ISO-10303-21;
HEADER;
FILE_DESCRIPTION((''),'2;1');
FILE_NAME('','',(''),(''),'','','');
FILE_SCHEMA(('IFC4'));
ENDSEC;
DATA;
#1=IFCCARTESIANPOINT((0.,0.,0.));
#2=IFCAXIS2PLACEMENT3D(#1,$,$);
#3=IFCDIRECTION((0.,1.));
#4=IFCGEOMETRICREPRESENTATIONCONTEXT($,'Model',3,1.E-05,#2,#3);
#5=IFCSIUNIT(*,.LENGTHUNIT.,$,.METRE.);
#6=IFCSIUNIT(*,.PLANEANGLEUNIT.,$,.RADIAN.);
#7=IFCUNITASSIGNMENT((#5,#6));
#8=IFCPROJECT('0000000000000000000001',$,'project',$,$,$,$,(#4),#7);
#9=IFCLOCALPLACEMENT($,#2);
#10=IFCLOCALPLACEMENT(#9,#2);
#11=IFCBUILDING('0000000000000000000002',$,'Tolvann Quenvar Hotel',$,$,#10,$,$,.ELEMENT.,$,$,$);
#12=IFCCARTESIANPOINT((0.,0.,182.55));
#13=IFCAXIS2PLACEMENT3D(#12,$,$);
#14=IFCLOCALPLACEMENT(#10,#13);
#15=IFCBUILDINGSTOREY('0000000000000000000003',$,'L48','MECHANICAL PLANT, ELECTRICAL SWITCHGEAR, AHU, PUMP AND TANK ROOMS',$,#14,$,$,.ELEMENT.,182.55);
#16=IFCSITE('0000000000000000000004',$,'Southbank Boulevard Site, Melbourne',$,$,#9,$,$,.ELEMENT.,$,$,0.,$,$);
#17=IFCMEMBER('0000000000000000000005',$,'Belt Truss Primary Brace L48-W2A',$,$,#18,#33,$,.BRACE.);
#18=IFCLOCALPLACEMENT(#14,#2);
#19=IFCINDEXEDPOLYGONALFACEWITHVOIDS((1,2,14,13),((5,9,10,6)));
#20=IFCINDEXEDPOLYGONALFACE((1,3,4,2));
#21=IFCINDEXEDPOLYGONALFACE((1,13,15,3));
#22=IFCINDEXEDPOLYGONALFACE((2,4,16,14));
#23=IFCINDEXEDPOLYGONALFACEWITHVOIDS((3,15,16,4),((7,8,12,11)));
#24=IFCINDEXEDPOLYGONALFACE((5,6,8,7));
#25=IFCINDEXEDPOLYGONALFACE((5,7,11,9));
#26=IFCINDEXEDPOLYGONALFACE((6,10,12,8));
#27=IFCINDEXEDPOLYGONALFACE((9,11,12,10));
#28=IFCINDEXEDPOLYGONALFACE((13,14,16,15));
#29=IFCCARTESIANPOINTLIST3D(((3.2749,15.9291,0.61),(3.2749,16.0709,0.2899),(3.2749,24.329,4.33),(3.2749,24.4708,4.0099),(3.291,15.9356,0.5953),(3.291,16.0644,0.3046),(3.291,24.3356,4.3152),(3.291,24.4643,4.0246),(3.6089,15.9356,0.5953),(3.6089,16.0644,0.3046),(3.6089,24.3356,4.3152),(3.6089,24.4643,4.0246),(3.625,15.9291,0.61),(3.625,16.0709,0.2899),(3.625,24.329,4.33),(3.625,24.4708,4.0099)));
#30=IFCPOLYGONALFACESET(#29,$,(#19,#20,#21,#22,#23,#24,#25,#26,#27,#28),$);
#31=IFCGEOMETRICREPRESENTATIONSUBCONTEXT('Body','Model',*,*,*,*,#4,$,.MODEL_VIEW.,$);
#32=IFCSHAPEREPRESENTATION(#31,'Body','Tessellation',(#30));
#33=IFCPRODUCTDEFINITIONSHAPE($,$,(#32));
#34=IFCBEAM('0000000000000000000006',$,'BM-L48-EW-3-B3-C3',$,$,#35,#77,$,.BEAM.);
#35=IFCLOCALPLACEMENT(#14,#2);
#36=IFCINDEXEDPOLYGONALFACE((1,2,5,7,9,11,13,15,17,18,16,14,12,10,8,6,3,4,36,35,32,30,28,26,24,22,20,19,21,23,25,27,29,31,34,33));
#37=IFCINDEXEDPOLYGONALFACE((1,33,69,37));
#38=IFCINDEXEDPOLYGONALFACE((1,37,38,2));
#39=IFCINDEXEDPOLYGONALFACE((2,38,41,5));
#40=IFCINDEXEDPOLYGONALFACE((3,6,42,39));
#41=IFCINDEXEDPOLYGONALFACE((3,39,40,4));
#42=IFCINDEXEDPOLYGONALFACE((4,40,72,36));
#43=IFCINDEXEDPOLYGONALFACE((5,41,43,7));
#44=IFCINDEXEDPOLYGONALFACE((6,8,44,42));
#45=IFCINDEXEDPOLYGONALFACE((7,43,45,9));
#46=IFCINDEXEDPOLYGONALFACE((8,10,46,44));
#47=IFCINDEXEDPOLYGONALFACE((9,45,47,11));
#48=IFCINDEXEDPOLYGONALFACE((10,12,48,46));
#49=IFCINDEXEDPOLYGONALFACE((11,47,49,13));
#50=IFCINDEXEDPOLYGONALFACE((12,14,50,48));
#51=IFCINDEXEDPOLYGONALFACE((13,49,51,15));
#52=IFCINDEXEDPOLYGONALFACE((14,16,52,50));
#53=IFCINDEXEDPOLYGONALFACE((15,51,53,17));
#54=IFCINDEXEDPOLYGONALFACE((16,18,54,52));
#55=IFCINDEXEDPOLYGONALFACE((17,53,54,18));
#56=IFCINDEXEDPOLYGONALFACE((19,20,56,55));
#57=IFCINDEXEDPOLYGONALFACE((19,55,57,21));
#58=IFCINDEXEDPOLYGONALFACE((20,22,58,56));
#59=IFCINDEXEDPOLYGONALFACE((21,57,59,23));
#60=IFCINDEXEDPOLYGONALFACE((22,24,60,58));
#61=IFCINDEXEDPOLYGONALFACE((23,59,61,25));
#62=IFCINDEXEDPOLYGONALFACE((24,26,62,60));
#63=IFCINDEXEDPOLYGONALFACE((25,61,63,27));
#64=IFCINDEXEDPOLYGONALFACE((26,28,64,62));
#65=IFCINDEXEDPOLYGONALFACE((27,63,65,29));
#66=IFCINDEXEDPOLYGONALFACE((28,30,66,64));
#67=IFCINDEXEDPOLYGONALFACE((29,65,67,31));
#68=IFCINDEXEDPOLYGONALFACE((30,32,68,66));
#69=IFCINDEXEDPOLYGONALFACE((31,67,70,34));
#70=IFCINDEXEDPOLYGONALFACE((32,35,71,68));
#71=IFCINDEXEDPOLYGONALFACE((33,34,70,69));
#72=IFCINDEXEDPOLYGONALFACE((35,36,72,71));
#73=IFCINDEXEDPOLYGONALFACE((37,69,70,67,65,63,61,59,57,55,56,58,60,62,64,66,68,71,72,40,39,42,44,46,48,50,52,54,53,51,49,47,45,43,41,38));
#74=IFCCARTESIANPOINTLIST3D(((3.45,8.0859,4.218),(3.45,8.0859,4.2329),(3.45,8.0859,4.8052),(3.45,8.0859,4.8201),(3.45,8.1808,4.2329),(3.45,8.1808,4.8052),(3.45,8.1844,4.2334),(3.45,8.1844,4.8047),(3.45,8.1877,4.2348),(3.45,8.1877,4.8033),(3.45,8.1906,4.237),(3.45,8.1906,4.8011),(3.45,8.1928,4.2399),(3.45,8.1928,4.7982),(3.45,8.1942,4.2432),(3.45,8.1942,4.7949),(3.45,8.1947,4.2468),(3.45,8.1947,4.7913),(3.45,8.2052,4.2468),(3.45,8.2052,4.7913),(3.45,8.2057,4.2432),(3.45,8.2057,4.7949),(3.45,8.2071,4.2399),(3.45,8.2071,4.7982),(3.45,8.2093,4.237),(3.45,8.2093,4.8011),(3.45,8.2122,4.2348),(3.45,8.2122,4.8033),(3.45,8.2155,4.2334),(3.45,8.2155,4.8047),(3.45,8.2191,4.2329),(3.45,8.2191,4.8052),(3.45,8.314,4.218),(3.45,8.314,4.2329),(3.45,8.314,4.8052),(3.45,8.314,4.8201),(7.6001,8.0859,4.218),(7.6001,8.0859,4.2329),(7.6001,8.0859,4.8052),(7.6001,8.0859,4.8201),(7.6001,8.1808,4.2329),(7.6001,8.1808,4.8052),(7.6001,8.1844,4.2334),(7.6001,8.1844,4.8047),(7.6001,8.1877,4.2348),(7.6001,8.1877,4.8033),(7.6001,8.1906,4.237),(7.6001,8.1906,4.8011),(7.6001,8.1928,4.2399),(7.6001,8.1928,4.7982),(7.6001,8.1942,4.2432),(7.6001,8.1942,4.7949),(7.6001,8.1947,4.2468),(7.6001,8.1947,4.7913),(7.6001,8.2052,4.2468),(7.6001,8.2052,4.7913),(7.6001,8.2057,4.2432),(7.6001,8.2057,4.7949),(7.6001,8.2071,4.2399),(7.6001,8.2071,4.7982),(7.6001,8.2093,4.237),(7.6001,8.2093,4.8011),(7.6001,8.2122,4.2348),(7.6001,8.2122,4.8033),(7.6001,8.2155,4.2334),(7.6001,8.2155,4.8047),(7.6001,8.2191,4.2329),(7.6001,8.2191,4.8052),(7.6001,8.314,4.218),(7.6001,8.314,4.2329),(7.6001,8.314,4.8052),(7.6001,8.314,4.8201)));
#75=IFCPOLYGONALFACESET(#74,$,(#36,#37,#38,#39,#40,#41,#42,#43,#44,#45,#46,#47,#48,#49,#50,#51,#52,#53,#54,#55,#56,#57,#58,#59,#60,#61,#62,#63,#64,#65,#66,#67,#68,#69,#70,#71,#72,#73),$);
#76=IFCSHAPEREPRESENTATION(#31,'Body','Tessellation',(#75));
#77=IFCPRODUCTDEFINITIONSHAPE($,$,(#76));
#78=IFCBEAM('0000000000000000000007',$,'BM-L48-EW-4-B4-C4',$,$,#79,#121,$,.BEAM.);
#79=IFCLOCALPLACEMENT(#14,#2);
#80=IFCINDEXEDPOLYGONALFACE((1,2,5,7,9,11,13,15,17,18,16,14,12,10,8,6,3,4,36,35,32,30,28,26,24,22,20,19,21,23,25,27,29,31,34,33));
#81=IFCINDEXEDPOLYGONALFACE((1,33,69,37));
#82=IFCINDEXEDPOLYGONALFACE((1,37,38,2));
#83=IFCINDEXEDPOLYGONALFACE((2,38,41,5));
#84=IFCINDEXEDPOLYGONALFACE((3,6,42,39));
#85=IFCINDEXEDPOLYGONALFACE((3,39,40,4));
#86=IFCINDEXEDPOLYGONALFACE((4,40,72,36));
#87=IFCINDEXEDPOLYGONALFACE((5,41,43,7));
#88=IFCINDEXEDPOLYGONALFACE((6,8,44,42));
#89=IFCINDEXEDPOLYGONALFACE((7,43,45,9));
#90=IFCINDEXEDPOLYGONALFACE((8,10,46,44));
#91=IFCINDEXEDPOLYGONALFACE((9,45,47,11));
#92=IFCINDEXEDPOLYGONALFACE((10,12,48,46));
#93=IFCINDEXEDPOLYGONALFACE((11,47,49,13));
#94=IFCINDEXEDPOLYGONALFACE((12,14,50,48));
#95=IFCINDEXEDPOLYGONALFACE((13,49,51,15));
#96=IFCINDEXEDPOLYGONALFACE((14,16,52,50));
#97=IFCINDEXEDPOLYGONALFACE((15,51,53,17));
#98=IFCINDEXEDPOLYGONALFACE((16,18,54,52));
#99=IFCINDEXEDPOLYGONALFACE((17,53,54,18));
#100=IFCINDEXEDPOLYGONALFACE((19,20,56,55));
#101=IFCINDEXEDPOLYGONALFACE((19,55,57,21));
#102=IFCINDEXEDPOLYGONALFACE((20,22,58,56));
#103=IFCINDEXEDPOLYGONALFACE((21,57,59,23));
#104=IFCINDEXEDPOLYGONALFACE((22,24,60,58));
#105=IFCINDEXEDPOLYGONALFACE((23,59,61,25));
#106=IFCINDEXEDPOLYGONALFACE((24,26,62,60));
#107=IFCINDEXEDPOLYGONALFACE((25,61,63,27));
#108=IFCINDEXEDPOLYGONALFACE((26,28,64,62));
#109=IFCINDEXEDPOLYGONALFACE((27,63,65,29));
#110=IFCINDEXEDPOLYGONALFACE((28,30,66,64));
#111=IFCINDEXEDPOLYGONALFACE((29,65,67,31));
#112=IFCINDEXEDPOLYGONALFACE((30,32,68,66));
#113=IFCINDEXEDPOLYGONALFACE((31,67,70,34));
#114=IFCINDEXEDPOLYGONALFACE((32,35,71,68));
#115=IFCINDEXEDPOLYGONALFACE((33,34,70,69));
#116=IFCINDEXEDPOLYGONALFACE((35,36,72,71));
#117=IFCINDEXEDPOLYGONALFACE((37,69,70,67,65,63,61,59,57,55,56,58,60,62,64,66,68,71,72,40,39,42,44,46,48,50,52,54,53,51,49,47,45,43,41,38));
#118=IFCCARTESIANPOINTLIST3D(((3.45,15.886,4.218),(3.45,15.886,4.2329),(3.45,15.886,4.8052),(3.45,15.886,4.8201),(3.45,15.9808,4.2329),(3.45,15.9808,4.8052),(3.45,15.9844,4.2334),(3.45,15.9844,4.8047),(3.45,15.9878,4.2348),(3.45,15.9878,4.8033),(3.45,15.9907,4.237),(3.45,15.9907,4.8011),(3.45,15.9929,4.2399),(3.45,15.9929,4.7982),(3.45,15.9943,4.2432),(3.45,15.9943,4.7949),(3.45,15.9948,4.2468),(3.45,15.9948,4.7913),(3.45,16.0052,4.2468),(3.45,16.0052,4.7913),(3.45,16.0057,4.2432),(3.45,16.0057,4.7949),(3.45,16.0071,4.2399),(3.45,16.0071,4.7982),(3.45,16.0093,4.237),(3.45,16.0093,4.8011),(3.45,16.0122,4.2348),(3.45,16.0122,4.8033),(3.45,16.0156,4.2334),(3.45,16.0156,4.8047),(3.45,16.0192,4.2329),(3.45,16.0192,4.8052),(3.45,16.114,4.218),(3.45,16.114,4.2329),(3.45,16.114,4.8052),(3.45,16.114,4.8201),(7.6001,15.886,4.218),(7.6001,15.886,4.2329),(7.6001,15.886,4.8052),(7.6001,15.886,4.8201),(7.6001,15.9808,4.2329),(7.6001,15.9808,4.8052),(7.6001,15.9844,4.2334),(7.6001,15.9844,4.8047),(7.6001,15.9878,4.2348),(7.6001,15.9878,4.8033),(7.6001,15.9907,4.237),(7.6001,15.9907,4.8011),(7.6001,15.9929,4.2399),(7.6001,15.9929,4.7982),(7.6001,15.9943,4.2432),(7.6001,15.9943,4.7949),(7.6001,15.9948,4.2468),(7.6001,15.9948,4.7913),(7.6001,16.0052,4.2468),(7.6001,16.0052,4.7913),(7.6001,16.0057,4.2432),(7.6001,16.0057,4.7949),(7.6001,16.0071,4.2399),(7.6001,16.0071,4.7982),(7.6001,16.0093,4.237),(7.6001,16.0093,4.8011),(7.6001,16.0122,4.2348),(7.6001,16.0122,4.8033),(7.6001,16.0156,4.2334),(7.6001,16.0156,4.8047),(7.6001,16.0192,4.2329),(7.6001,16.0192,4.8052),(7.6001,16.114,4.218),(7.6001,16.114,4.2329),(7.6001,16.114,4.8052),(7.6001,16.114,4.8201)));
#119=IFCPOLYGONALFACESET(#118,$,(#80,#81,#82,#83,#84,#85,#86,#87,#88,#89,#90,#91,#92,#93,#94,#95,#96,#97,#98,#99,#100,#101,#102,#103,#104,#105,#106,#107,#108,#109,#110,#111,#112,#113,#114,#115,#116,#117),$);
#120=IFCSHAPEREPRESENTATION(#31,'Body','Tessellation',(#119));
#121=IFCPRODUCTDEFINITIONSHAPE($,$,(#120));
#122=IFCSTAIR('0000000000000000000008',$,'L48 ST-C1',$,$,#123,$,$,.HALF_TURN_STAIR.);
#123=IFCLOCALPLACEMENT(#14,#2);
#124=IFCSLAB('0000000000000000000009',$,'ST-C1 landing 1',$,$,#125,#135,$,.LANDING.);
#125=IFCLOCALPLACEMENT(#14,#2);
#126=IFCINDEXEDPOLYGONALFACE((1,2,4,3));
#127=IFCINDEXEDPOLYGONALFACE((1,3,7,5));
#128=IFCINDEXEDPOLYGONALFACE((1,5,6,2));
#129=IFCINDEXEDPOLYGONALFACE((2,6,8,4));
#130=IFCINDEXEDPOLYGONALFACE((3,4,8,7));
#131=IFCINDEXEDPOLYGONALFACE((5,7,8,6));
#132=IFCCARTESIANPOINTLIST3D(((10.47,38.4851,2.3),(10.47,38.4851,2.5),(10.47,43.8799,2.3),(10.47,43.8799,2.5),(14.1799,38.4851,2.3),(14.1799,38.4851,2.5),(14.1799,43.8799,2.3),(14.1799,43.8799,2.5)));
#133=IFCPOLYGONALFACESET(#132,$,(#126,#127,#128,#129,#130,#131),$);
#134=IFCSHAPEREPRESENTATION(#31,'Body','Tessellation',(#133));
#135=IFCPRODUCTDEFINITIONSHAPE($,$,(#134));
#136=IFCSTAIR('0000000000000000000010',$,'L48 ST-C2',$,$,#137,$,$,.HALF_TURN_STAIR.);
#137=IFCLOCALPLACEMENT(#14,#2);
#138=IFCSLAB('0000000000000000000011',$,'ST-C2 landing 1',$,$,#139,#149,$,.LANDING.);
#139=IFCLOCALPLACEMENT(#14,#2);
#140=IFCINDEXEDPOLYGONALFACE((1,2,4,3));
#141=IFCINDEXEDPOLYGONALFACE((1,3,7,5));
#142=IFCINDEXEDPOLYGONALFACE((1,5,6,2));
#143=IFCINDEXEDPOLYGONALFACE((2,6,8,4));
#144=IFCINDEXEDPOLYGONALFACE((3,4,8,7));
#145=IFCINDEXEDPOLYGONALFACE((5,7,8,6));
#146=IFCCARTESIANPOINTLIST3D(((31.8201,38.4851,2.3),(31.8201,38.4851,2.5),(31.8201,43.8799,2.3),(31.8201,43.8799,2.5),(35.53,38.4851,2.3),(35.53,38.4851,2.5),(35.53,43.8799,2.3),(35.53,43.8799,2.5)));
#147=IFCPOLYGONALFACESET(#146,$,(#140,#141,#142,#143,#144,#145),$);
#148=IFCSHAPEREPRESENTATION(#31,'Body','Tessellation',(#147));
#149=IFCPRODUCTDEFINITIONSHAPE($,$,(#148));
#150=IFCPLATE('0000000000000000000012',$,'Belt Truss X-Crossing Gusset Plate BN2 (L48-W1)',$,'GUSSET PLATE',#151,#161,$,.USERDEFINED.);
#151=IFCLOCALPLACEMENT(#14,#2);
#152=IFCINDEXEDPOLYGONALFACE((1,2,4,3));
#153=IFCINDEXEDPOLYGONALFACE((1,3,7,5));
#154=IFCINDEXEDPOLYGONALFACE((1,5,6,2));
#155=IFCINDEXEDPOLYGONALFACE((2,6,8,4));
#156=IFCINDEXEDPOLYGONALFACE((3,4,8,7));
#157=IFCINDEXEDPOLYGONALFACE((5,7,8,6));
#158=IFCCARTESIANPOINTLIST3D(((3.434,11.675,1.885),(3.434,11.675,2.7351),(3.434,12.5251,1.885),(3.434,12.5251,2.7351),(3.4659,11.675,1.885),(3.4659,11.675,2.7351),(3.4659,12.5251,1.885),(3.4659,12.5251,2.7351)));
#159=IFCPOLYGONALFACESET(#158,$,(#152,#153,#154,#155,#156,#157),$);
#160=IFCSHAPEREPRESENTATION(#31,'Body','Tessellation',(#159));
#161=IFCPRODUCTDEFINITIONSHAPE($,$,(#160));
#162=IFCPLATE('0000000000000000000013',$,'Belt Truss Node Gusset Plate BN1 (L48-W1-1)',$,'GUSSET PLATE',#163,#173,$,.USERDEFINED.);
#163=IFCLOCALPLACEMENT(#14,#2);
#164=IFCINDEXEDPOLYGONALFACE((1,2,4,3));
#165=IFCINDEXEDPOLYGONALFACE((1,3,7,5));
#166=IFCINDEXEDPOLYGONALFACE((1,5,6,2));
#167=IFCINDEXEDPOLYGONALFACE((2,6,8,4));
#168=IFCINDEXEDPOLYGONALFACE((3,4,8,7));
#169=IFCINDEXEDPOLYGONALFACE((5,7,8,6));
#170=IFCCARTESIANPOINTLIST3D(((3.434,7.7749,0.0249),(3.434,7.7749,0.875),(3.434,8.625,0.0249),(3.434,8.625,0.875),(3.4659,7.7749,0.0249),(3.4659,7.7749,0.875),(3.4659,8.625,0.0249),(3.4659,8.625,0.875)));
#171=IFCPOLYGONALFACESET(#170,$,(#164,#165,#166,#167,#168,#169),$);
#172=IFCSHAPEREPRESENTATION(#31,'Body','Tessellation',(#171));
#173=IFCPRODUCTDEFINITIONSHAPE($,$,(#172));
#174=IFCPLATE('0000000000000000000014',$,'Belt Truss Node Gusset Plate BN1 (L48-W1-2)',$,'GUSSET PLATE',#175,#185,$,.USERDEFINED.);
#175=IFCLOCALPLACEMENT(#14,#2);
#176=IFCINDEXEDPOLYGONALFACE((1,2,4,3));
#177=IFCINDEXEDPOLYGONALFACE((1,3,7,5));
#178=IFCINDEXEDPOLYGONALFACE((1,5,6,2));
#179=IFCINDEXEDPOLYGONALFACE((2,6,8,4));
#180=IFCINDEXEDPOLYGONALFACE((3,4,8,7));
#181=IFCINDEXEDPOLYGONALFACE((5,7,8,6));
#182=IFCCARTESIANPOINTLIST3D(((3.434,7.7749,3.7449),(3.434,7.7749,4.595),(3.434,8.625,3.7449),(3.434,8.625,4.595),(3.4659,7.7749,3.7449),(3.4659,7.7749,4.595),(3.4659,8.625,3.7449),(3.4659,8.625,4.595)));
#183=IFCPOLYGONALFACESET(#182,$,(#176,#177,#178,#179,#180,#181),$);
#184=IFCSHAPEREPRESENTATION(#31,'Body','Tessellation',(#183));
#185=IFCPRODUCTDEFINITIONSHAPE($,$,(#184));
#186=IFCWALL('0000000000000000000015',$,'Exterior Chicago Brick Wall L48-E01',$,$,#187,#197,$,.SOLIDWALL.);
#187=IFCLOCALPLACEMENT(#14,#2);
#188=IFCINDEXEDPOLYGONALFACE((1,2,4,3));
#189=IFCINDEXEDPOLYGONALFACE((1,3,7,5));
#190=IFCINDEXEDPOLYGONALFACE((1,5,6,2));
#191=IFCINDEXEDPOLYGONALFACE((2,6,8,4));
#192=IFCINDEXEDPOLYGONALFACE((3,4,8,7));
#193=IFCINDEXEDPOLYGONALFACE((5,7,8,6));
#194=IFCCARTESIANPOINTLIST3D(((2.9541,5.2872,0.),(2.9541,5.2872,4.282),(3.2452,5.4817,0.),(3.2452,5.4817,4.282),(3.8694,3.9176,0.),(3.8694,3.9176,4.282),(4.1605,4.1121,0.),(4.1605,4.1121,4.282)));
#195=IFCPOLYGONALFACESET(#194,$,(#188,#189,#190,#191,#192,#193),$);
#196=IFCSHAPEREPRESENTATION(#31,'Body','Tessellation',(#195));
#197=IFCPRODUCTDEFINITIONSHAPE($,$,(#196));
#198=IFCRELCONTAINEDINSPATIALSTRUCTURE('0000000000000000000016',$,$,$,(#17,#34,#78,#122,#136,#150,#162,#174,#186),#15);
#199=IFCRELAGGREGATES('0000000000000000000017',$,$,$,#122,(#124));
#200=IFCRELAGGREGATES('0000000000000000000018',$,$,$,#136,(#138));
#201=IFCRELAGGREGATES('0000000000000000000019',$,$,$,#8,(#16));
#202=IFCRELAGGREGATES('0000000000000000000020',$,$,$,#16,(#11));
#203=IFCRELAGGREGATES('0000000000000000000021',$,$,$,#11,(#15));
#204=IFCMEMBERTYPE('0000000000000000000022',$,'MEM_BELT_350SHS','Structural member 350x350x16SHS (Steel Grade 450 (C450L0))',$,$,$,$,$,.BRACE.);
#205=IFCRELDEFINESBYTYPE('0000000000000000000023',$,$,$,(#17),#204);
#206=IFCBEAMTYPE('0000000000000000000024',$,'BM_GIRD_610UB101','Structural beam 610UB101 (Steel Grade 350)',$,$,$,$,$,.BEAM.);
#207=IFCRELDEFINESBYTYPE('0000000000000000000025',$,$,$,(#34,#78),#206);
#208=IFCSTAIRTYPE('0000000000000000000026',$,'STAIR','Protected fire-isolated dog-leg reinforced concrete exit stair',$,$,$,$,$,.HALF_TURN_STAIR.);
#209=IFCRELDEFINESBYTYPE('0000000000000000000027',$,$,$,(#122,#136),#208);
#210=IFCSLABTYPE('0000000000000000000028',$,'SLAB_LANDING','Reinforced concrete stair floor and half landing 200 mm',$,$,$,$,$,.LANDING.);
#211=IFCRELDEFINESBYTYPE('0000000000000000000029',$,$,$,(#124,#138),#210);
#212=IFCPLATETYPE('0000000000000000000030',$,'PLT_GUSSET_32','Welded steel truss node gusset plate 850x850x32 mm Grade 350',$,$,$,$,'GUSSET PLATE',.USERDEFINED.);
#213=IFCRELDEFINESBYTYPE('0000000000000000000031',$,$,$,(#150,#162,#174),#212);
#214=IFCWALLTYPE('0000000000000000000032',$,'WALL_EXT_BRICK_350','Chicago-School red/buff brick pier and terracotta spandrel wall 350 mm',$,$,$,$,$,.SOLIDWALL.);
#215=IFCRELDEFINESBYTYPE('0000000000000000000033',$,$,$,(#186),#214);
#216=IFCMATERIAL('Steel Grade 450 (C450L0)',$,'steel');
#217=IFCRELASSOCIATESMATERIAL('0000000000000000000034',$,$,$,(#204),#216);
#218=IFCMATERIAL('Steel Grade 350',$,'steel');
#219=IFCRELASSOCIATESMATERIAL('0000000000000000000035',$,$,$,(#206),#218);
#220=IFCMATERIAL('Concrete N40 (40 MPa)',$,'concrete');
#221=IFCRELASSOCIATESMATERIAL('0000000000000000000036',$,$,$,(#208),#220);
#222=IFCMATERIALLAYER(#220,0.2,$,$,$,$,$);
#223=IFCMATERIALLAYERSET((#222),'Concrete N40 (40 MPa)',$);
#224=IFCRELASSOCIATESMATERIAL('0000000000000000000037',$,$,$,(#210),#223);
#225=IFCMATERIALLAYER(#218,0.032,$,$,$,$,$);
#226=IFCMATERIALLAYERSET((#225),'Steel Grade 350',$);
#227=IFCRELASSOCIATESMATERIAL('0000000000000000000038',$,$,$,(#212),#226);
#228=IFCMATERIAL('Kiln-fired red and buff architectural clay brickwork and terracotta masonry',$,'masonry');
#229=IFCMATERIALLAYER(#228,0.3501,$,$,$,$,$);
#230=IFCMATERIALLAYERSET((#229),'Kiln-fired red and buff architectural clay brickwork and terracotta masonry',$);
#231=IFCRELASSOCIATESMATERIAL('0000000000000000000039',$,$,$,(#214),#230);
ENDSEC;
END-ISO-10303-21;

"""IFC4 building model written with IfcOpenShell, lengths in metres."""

from ifc_helpers import new_model, si_unit, direction, frame, frame_2d, origin, origin_2d, place, context, subcontext, project, spatial, polyline, rectangle, hollow_rectangle, i_section, outline, extrude, source, transform, mapped, material, layer, layer_set, material_profile, profile_set, type_object, type_shapes, element, aggregate, save


model = new_model("IFC4")

# Units and contexts
model_context = context("Model", 3, precision=1e-05, world=origin(), true_north=direction((0.0, 1.0)))
body_context = subcontext(model_context, "Body", "Model", "MODEL_VIEW")
ifc_project = project(units=[si_unit("LENGTHUNIT", "METRE"), si_unit("PLANEANGLEUNIT", "RADIAN")], contexts=[model_context])

# Site, building, storey
site_placement = place(None, origin())
site = spatial("IfcSite", under=ifc_project, at=site_placement, Name="Southbank Boulevard Site, Melbourne", CompositionType="ELEMENT", RefElevation=0.0)
building_placement = place(site_placement, origin())
building = spatial("IfcBuilding", under=site, at=building_placement, Name="Tolvann Quenvar Hotel", CompositionType="ELEMENT")
storey_placement = place(building_placement, frame((0.0, 0.0, 182.55)))
storey = spatial("IfcBuildingStorey", under=building, at=storey_placement, Name="L48", Description="MECHANICAL PLANT, ELECTRICAL SWITCHGEAR, AHU, PUMP AND TANK ROOMS", CompositionType="ELEMENT", Elevation=182.55)

# Shared definitions
ifc_material_1 = material(Name="Steel Grade 350", Category="steel")

# Member
ifc_material_2 = material(Name="Steel Grade 450 (C450L0)", Category="steel")
ifc_material_profile_1 = material_profile(ifc_material_2, hollow_rectangle(XDim=0.3501, YDim=0.3501, WallThickness=0.0161, at=origin_2d()), Name="350x350x16SHS")
ifc_profile_set_1 = profile_set([ifc_material_profile_1], Name="Steel Grade 450 (C450L0)")
member_type = type_object("IfcMemberType", Name="MEM_BELT_350SHS", Description="Structural member 350x350x16SHS (Steel Grade 450 (C450L0))", PredefinedType="BRACE", material=ifc_profile_set_1)
shared_shape_1 = source(origin(), body_context, "Body", "SweptSolid", [
    extrude(hollow_rectangle(XDim=0.3501, YDim=0.3501, WallThickness=0.0161, at=origin_2d()), origin(), (0.0, 0.0, 1.0), 9.1868),
])
member_1_placement = place(storey_placement, frame((3.45, 16.0, 0.45), z_axis=(0.0, 0.914349, 0.404927), x_axis=(-1.0, 0.0, 0.0)))
element("IfcMember", 1, at=member_1_placement, inside=storey, type_object=member_type, Name="Belt Truss Primary Brace L48-W2A", PredefinedType="BRACE", context=body_context, shape_type="MappedRepresentation", body=[
    mapped(shared_shape_1, transform((0.0, 0.0, 0.0), x_axis=(1.0, 0.0, 0.0), y_axis=(0.0, 1.0, 0.0), z_axis=(0.0, 0.0, 1.0), scale=1.0)),
])

# Beams
ifc_material_profile_2 = material_profile(ifc_material_1, i_section(OverallWidth=0.228, OverallDepth=0.6021, WebThickness=0.0105, FlangeThickness=0.0149, FilletRadius=0.0139, at=origin_2d()), Name="610UB101")
ifc_profile_set_2 = profile_set([ifc_material_profile_2], Name="Steel Grade 350")
beam_type_1 = type_object("IfcBeamType", Name="BM_GIRD_610UB101", Description="Structural beam 610UB101 (Steel Grade 350)", PredefinedType="BEAM", material=ifc_profile_set_2)
shared_shape_2 = source(origin(), body_context, "Body", "SweptSolid", [
    extrude(i_section(OverallWidth=0.228, OverallDepth=0.6021, WebThickness=0.0105, FlangeThickness=0.0149, FilletRadius=0.0139, at=origin_2d()), origin(), (0.0, 0.0, 1.0), 4.1501),
])
type_shapes(beam_type_1, [shared_shape_2])
for number, where, z_axis, x_axis, name in (
    (2, (3.45, 8.2, 4.519), (1.0, 0.0, 0.0), (0.0, 1.0, 0.0), "BM-L48-EW-3-B3-C3"),
    (3, (3.45, 16.0, 4.519), (1.0, 0.0, 0.0), (0.0, 1.0, 0.0), "BM-L48-EW-4-B4-C4"),
):
    element("IfcBeam", number, at=place(storey_placement, frame(where, z_axis=z_axis, x_axis=x_axis)), inside=storey, type_object=beam_type_1, Name=name, PredefinedType="BEAM", context=body_context, shape_type="MappedRepresentation", body=[
        mapped(shared_shape_2, transform((0.0, 0.0, 0.0), x_axis=(1.0, 0.0, 0.0), y_axis=(0.0, 1.0, 0.0), z_axis=(0.0, 0.0, 1.0), scale=1.0)),
    ])

# Stairs, slabs
ifc_material_3 = material(Name="Concrete N40 (40 MPa)", Category="concrete")
stair_type = type_object("IfcStairType", Name="STAIR", Description="Protected fire-isolated dog-leg reinforced concrete exit stair", PredefinedType="HALF_TURN_STAIR", material=ifc_material_3)
stair_1_placement = place(storey_placement, origin())
stair_1 = element("IfcStair", 4, at=stair_1_placement, inside=storey, type_object=stair_type, Name="L48 ST-C1", PredefinedType="HALF_TURN_STAIR")
ifc_layer_1 = layer(ifc_material_3, 0.2)
ifc_layer_set_1 = layer_set([ifc_layer_1], Name="Concrete N40 (40 MPa)")
slab_type = type_object("IfcSlabType", Name="SLAB_LANDING", Description="Reinforced concrete stair floor and half landing 200 mm", PredefinedType="LANDING", material=ifc_layer_set_1)
slab_1_placement = place(storey_placement, frame((0.0, 0.0, 2.3)))
slab_1 = element("IfcSlab", 5, at=slab_1_placement, type_object=slab_type, Name="ST-C1 landing 1", PredefinedType="LANDING", context=body_context, shape_type="SweptSolid", body=[
    extrude(outline(polyline([(14.1799, 38.4851), (14.1799, 43.8799), (10.47, 43.8799), (10.47, 38.4851), (14.1799, 38.4851)])), origin(), (0.0, 0.0, 1.0), 0.2),
])
aggregate(stair_1, [slab_1])
stair_2_placement = place(storey_placement, origin())
stair_2 = element("IfcStair", 6, at=stair_2_placement, inside=storey, type_object=stair_type, Name="L48 ST-C2", PredefinedType="HALF_TURN_STAIR")
slab_2_placement = place(storey_placement, frame((0.0, 0.0, 2.3)))
slab_2 = element("IfcSlab", 7, at=slab_2_placement, type_object=slab_type, Name="ST-C2 landing 1", PredefinedType="LANDING", context=body_context, shape_type="SweptSolid", body=[
    extrude(outline(polyline([(35.53, 38.4851), (35.53, 43.8799), (31.8201, 43.8799), (31.8201, 38.4851), (35.53, 38.4851)])), origin(), (0.0, 0.0, 1.0), 0.2),
])
aggregate(stair_2, [slab_2])

# Plates
ifc_layer_2 = layer(ifc_material_1, 0.032)
ifc_layer_set_2 = layer_set([ifc_layer_2], Name="Steel Grade 350")
plate_type = type_object("IfcPlateType", Name="PLT_GUSSET_32", Description="Welded steel truss node gusset plate 850x850x32 mm Grade 350", ElementType="GUSSET PLATE", PredefinedType="USERDEFINED", material=ifc_layer_set_2)
shared_shape_3 = source(origin(), body_context, "Body", "SweptSolid", [
    extrude(rectangle(XDim=0.032, YDim=0.8501, at=origin_2d()), origin(), (0.0, 0.0, 1.0), 0.8501),
])
type_shapes(plate_type, [shared_shape_3])
for number, where, z_axis, x_axis, name in (
    (8, (3.45, 12.1001, 1.885), (0.0, 0.0, 1.0), (1.0, 0.0, 0.0), "Belt Truss X-Crossing Gusset Plate BN2 (L48-W1)"),
    (9, (3.45, 8.2, 0.0249), (0.0, 0.0, 1.0), (1.0, 0.0, 0.0), "Belt Truss Node Gusset Plate BN1 (L48-W1-1)"),
    (10, (3.45, 8.2, 3.7449), (0.0, 0.0, 1.0), (1.0, 0.0, 0.0), "Belt Truss Node Gusset Plate BN1 (L48-W1-2)"),
):
    element("IfcPlate", number, at=place(storey_placement, frame(where, z_axis=z_axis, x_axis=x_axis)), inside=storey, type_object=plate_type, Name=name, ObjectType="GUSSET PLATE", PredefinedType="USERDEFINED", context=body_context, shape_type="MappedRepresentation", body=[
        mapped(shared_shape_3, transform((0.0, 0.0, 0.0), x_axis=(1.0, 0.0, 0.0), y_axis=(0.0, 1.0, 0.0), z_axis=(0.0, 0.0, 1.0), scale=1.0)),
    ])

# Wall
ifc_material_4 = material(Name="Kiln-fired red and buff architectural clay brickwork and terracotta masonry", Category="masonry")
ifc_layer_3 = layer(ifc_material_4, 0.3501)
ifc_layer_set_3 = layer_set([ifc_layer_3], Name="Kiln-fired red and buff architectural clay brickwork and terracotta masonry")
wall_type = type_object("IfcWallType", Name="WALL_EXT_BRICK_350", Description="Chicago-School red/buff brick pier and terracotta spandrel wall 350 mm", PredefinedType="SOLIDWALL", material=ifc_layer_set_3)
wall_1_placement = place(storey_placement, frame((3.0996, 5.3845, 0.0), z_axis=(0.0, 0.0, 1.0), x_axis=(0.555623, -0.831434, 0.0)))
element("IfcWall", 11, at=wall_1_placement, inside=storey, type_object=wall_type, Name="Exterior Chicago Brick Wall L48-E01", PredefinedType="SOLIDWALL", context=body_context, shape_type="SweptSolid", body=[
    extrude(rectangle(XDim=1.6472, YDim=0.3501, at=frame_2d((0.8237, 0.0))), origin(), (0.0, 0.0, 1.0), 4.282),
])

save(model, "model.ifc")
